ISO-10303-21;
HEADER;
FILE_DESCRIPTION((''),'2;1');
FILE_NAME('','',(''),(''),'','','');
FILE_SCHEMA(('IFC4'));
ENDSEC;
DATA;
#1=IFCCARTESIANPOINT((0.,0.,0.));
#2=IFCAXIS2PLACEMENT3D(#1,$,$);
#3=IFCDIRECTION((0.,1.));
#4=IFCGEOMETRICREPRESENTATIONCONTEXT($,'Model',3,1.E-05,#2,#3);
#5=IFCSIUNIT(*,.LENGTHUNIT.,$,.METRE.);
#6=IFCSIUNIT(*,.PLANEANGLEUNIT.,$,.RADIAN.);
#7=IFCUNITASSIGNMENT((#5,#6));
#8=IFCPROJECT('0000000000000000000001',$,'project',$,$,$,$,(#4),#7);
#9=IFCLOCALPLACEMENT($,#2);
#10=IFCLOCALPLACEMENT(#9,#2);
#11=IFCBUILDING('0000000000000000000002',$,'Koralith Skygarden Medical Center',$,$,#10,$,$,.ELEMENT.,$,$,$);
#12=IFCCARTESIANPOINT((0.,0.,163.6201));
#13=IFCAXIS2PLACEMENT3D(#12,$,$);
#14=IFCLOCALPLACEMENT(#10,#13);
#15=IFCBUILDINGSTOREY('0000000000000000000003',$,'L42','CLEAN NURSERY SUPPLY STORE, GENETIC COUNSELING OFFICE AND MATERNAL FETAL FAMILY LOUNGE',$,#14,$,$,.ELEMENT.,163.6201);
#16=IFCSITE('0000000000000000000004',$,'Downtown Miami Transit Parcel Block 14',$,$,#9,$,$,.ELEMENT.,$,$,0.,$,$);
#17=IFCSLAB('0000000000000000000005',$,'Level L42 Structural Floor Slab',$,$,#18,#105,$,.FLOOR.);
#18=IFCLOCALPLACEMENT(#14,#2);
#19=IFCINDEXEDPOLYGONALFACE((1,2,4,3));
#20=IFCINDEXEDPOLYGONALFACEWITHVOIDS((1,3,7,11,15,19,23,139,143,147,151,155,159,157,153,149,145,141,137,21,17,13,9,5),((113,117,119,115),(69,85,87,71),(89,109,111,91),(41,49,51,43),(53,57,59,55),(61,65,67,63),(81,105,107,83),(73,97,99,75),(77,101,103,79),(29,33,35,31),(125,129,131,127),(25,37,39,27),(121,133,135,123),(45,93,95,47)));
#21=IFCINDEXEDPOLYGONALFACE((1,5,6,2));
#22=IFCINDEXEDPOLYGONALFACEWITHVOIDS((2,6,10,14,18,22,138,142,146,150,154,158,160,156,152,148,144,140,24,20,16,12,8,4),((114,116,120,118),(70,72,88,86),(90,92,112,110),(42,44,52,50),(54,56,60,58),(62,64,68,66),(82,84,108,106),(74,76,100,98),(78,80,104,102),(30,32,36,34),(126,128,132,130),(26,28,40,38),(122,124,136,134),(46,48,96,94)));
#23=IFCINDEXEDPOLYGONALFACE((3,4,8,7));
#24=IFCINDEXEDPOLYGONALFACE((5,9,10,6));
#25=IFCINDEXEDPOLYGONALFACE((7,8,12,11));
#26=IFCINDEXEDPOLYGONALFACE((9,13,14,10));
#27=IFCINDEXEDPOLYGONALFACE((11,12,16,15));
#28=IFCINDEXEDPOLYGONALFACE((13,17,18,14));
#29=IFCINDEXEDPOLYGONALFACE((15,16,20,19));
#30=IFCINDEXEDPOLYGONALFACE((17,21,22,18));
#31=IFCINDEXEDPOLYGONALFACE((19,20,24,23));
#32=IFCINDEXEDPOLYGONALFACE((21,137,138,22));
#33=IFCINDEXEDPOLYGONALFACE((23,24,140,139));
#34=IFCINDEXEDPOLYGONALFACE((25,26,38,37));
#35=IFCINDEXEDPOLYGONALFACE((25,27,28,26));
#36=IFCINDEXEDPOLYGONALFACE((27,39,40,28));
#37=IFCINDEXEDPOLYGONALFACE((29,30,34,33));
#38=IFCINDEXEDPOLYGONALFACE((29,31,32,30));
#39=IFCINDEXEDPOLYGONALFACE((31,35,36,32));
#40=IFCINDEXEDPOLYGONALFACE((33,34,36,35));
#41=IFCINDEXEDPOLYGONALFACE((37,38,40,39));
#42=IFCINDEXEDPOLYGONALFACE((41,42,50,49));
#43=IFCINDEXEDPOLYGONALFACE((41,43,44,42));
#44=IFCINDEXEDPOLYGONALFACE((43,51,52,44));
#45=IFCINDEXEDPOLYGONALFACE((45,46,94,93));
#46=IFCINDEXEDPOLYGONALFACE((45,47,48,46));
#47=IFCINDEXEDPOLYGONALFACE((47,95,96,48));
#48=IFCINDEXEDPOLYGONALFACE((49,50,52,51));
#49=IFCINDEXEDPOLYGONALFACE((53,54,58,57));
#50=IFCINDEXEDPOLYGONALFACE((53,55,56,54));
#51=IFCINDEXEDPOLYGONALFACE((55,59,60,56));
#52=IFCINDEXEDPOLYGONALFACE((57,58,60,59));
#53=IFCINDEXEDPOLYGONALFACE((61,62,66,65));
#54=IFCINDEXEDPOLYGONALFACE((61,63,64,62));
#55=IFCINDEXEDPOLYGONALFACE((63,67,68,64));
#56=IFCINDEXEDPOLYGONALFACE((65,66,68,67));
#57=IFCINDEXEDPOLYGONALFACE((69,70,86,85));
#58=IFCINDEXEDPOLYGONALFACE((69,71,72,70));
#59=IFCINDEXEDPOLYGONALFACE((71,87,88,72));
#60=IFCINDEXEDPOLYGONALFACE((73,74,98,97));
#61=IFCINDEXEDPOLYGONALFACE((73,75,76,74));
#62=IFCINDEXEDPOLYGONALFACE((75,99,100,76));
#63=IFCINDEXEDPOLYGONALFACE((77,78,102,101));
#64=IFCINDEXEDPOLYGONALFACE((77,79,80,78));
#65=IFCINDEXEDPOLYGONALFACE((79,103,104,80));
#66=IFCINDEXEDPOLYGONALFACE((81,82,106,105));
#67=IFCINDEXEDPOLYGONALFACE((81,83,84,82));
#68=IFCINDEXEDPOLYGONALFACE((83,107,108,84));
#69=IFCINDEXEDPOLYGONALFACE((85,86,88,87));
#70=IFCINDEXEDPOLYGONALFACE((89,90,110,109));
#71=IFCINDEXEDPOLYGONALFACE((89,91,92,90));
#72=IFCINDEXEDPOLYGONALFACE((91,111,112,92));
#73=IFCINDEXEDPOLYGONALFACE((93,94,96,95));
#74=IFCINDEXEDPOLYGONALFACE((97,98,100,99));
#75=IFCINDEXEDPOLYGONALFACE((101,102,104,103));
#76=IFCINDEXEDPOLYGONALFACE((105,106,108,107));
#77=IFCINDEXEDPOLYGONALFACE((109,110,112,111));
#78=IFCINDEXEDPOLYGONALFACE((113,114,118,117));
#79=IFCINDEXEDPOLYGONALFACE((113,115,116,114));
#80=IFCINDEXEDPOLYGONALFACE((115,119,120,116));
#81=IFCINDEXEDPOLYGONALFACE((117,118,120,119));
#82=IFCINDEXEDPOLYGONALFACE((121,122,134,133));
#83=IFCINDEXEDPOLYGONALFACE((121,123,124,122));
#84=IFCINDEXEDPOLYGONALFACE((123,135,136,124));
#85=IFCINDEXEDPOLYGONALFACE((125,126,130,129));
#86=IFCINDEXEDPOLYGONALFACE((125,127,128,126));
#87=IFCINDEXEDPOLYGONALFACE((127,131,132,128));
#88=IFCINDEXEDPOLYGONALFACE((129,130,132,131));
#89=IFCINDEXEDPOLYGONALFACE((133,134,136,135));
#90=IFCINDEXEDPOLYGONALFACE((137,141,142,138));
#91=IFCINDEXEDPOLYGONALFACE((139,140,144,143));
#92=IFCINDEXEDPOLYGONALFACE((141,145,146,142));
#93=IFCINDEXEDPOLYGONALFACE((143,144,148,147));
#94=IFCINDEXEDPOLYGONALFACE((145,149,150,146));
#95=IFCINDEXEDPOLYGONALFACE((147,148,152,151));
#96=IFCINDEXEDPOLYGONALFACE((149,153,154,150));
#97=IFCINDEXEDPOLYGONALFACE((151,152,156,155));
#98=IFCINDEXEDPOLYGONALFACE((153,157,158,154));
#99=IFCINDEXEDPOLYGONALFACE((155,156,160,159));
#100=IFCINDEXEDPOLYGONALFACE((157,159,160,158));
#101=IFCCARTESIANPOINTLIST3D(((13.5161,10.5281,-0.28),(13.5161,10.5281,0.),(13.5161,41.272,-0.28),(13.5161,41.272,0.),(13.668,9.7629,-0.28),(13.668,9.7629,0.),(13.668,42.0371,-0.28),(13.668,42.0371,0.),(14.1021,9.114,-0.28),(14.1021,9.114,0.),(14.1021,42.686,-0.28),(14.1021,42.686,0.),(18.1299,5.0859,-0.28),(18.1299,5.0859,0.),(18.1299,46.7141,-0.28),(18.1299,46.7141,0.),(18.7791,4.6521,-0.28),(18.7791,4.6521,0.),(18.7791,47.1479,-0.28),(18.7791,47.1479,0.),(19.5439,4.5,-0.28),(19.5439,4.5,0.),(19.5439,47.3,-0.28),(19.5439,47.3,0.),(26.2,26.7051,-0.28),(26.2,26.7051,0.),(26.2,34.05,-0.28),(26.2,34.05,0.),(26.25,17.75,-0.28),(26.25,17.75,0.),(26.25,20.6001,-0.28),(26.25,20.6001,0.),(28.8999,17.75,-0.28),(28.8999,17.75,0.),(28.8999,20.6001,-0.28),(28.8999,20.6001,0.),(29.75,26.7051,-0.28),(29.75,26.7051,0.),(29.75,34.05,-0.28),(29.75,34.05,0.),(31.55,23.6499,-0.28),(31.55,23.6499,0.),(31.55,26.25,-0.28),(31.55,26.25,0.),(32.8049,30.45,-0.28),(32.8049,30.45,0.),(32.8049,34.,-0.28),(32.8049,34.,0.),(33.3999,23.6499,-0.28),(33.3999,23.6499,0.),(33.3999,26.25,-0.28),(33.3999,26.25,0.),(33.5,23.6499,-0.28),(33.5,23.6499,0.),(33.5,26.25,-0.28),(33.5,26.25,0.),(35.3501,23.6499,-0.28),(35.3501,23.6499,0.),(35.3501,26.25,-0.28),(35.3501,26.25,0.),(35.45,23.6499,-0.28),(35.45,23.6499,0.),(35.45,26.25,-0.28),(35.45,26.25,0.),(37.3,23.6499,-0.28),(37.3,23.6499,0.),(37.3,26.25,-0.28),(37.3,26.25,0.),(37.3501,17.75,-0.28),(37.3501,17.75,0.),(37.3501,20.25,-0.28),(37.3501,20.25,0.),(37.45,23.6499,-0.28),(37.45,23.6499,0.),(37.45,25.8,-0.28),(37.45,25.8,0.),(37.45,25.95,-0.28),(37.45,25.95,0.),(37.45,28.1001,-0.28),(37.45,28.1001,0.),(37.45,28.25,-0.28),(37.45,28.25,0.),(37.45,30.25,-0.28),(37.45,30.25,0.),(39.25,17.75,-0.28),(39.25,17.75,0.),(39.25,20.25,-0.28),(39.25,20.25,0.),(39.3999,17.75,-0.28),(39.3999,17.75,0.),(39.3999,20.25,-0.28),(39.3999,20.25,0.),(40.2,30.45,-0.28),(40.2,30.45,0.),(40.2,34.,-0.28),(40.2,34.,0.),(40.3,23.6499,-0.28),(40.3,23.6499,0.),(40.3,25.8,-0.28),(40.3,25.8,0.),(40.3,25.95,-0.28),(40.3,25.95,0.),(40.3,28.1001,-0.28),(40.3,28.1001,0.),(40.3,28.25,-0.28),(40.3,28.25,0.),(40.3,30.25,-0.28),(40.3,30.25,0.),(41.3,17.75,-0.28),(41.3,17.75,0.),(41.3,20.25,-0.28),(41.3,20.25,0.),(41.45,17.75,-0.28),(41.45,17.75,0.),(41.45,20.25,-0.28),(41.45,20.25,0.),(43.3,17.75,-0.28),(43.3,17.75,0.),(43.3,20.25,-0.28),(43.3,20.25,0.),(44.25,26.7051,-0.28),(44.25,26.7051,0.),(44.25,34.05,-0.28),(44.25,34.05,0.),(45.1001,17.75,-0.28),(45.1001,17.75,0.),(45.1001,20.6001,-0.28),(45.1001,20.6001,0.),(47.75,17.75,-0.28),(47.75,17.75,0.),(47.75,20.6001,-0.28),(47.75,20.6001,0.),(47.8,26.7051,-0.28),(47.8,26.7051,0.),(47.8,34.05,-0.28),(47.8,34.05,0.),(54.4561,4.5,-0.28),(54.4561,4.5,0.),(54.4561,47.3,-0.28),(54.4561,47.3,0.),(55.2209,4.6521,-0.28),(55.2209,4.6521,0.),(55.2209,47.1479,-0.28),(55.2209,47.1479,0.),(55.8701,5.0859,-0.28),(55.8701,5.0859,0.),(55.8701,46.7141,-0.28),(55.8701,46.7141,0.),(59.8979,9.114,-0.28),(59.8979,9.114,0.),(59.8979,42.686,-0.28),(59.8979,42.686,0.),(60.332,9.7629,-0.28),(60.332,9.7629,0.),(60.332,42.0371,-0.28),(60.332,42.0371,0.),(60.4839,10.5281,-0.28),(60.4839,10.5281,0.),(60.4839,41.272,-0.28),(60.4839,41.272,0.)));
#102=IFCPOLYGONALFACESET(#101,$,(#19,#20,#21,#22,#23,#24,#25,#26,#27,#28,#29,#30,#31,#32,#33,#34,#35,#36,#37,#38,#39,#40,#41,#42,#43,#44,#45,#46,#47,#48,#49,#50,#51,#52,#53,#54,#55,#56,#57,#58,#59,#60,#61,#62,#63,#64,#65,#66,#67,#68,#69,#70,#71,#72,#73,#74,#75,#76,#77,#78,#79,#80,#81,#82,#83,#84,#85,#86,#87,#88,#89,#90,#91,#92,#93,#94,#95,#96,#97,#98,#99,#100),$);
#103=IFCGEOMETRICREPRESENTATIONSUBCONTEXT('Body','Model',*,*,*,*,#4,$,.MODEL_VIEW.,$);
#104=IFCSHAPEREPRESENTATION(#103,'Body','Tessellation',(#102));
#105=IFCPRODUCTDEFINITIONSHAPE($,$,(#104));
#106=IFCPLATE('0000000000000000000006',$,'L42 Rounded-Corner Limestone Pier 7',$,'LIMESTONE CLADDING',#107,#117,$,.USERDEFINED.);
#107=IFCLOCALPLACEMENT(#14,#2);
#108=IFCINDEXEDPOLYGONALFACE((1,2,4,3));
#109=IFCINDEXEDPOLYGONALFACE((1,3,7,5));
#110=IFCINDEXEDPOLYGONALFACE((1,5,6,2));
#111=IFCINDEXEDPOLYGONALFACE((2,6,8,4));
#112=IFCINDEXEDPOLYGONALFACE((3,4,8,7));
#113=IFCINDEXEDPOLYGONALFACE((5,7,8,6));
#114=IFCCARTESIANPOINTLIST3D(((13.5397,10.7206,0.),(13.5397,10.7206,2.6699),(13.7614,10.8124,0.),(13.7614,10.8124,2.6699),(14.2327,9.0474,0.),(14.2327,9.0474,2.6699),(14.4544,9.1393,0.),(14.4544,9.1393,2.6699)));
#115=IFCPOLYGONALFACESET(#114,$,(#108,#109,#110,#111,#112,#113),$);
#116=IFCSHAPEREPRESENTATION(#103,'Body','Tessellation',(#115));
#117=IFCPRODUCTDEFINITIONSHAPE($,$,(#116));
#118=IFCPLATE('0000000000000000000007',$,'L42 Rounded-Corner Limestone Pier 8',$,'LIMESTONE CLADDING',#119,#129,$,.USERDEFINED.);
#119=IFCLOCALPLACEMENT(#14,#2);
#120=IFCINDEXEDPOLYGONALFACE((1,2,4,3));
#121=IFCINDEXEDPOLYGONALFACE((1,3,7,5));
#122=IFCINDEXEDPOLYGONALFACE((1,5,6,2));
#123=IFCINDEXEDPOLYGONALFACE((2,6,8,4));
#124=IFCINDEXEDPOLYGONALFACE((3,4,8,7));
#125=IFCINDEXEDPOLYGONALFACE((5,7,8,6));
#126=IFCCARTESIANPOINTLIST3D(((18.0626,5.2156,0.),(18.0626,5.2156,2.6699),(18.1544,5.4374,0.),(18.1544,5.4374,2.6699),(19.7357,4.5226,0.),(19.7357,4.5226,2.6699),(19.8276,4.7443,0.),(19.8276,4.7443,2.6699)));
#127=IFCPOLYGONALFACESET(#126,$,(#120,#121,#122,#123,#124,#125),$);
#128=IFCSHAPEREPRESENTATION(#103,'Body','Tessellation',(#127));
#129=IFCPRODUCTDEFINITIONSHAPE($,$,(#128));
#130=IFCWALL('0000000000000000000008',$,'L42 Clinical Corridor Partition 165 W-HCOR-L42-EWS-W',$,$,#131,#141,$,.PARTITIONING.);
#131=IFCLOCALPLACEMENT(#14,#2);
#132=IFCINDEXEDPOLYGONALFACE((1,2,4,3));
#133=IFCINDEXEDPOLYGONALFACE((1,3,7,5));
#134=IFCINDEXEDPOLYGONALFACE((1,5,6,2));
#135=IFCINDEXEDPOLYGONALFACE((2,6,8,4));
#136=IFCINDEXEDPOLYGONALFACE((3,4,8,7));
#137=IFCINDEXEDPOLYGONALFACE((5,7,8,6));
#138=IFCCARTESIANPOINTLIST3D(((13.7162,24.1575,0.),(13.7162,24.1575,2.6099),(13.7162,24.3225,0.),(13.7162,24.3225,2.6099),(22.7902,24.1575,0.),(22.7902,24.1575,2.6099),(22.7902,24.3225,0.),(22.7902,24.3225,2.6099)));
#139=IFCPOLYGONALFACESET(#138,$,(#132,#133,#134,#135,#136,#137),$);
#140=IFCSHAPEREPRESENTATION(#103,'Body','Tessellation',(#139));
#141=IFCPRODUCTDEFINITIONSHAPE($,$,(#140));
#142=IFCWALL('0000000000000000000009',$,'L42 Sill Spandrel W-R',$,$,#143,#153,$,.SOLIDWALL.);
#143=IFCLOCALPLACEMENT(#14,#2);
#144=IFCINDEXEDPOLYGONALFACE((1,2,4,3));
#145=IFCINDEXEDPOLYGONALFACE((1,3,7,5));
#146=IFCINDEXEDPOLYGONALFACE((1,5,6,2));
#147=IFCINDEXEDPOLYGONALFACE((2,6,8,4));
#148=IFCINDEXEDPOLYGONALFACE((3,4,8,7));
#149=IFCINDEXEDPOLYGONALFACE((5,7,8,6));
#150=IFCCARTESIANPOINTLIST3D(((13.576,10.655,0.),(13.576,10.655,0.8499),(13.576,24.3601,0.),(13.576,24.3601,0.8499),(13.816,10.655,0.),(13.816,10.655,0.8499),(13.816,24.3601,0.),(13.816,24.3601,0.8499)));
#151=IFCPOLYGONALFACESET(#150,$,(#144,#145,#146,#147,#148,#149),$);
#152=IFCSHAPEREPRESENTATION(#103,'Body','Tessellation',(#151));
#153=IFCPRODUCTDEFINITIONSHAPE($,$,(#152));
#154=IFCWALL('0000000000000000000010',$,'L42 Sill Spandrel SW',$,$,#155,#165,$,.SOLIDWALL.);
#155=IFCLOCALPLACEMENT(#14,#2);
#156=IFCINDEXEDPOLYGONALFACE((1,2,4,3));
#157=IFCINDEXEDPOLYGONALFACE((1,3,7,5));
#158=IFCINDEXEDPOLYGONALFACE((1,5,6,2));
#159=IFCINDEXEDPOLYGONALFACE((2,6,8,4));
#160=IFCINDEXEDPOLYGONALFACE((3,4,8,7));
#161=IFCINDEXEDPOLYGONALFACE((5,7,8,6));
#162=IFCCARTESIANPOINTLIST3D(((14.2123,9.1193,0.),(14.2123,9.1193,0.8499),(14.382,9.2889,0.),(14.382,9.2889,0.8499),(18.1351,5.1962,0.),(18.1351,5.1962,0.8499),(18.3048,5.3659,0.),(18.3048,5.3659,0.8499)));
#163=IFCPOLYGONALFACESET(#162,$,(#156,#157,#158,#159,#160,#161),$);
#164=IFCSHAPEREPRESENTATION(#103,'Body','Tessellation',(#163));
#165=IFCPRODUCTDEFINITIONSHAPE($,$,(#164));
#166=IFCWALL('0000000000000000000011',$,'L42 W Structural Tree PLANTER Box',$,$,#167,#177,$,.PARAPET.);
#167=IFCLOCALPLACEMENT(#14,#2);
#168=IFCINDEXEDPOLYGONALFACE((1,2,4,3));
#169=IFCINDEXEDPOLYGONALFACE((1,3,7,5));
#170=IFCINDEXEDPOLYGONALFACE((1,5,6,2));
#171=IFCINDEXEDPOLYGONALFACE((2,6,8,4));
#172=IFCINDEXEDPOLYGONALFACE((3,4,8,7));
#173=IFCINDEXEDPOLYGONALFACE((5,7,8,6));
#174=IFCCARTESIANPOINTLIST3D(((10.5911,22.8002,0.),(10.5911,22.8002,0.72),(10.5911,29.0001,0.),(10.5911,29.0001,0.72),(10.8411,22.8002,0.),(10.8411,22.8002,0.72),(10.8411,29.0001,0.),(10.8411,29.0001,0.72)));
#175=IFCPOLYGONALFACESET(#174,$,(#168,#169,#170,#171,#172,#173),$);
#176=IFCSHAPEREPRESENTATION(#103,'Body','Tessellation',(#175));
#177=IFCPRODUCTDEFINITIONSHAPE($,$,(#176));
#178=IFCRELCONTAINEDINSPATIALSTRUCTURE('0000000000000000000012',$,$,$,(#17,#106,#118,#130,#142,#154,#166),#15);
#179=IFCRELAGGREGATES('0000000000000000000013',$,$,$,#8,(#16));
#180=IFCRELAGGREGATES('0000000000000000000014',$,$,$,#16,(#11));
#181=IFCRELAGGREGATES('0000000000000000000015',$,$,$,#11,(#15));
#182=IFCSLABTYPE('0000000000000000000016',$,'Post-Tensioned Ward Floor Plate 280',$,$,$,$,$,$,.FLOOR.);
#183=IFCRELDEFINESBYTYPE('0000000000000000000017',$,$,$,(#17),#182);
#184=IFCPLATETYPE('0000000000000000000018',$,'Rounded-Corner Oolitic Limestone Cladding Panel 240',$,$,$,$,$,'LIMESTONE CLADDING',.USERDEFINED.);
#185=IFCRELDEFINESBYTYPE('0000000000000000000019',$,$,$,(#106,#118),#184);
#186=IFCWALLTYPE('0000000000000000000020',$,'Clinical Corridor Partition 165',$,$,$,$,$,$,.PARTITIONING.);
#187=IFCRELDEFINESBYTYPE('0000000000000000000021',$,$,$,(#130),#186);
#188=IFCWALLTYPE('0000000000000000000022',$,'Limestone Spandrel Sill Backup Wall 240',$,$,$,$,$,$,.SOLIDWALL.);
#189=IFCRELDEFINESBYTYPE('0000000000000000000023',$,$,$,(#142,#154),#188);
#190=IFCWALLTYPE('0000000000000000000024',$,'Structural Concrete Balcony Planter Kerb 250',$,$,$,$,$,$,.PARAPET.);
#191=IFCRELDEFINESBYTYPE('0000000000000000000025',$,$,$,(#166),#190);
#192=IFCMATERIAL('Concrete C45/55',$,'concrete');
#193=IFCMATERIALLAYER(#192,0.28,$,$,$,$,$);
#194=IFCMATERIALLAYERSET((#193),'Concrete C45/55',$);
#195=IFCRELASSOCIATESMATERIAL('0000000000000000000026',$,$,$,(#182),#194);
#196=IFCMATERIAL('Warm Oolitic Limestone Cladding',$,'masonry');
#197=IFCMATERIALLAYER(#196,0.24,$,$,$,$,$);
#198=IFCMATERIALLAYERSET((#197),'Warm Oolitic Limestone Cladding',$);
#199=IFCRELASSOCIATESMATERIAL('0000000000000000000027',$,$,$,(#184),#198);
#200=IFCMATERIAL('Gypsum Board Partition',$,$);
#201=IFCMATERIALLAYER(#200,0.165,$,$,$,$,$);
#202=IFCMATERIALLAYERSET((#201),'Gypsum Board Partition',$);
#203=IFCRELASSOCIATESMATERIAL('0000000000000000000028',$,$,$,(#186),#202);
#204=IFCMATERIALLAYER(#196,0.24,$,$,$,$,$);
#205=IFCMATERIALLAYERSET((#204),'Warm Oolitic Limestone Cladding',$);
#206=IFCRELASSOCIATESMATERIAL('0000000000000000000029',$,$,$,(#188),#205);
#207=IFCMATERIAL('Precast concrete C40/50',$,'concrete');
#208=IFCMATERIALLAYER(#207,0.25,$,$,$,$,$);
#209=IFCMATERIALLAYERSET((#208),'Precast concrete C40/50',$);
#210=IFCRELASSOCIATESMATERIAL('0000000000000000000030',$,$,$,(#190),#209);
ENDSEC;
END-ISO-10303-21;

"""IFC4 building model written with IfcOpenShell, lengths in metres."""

from ifc_helpers import new_model, si_unit, direction, frame, frame_2d, origin, origin_2d, place, context, subcontext, project, spatial, polyline, rectangle, outline, extrude, material, layer, layer_set, type_object, element, save


model = new_model("IFC4")

# Units and contexts
model_context = context("Model", 3, precision=1e-05, world=origin(), true_north=direction((0.0, 1.0)))
body_context = subcontext(model_context, "Body", "Model", "MODEL_VIEW")
ifc_project = project(units=[si_unit("LENGTHUNIT", "METRE"), si_unit("PLANEANGLEUNIT", "RADIAN")], contexts=[model_context])

# Site, building, storey
site_placement = place(None, origin())
site = spatial("IfcSite", under=ifc_project, at=site_placement, Name="Downtown Miami Transit Parcel Block 14", CompositionType="ELEMENT", RefElevation=0.0)
building_placement = place(site_placement, origin())
building = spatial("IfcBuilding", under=site, at=building_placement, Name="Koralith Skygarden Medical Center", CompositionType="ELEMENT")
storey_placement = place(building_placement, frame((0.0, 0.0, 163.6201)))
storey = spatial("IfcBuildingStorey", under=building, at=storey_placement, Name="L42", Description="CLEAN NURSERY SUPPLY STORE, GENETIC COUNSELING OFFICE AND MATERNAL FETAL FAMILY LOUNGE", CompositionType="ELEMENT", Elevation=163.6201)

# Shared definitions
ifc_material_1 = material(Name="Concrete C45/55", Category="concrete")

# Slab
ifc_layer_1 = layer(ifc_material_1, 0.28)
ifc_layer_set_1 = layer_set([ifc_layer_1], Name="Concrete C45/55")
slab_type_1 = type_object("IfcSlabType", Name="Post-Tensioned Ward Floor Plate 280", PredefinedType="FLOOR", material=ifc_layer_set_1)
slab_1_placement = place(storey_placement, frame((0.0, 0.0, -0.28)))
element("IfcSlab", 1, at=slab_1_placement, inside=storey, type_object=slab_type_1, Name="Level L42 Structural Floor Slab", PredefinedType="FLOOR", context=body_context, shape_type="SweptSolid", body=[
    extrude(outline(polyline([(18.1299, 5.0859), (18.7791, 4.6521), (19.5439, 4.5), (54.4561, 4.5), (55.2209, 4.6521), (55.8701, 5.0859), (59.8979, 9.114), (60.332, 9.7629), (60.4839, 10.5281), (60.4839, 41.272), (60.332, 42.0371), (59.8979, 42.686), (55.8701, 46.7141), (55.2209, 47.1479), (54.4561, 47.3), (19.5439, 47.3), (18.7791, 47.1479), (18.1299, 46.7141), (14.1021, 42.686), (13.668, 42.0371), (13.5161, 41.272), (13.5161, 10.5281), (13.668, 9.7629), (14.1021, 9.114), (18.1299, 5.0859)]), holes=[polyline([(26.2, 26.7051), (29.75, 26.7051), (29.75, 34.05), (26.2, 34.05), (26.2, 26.7051)]), polyline([(44.25, 26.7051), (47.8, 26.7051), (47.8, 34.05), (44.25, 34.05), (44.25, 26.7051)]), polyline([(32.8049, 30.45), (40.2, 30.45), (40.2, 34.0), (32.8049, 34.0), (32.8049, 30.45)]), polyline([(26.25, 17.75), (28.8999, 17.75), (28.8999, 20.6001), (26.25, 20.6001), (26.25, 17.75)]), polyline([(45.1001, 17.75), (47.75, 17.75), (47.75, 20.6001), (45.1001, 20.6001), (45.1001, 17.75)]), polyline([(37.3501, 17.75), (39.25, 17.75), (39.25, 20.25), (37.3501, 20.25), (37.3501, 17.75)]), polyline([(39.3999, 17.75), (41.3, 17.75), (41.3, 20.25), (39.3999, 20.25), (39.3999, 17.75)]), polyline([(41.45, 17.75), (43.3, 17.75), (43.3, 20.25), (41.45, 20.25), (41.45, 17.75)]), polyline([(31.55, 23.6499), (33.3999, 23.6499), (33.3999, 26.25), (31.55, 26.25), (31.55, 23.6499)]), polyline([(33.5, 23.6499), (35.3501, 23.6499), (35.3501, 26.25), (33.5, 26.25), (33.5, 23.6499)]), polyline([(35.45, 23.6499), (37.3, 23.6499), (37.3, 26.25), (35.45, 26.25), (35.45, 23.6499)]), polyline([(37.45, 23.6499), (40.3, 23.6499), (40.3, 25.8), (37.45, 25.8), (37.45, 23.6499)]), polyline([(37.45, 25.95), (40.3, 25.95), (40.3, 28.1001), (37.45, 28.1001), (37.45, 25.95)]), polyline([(37.45, 28.25), (40.3, 28.25), (40.3, 30.25), (37.45, 30.25), (37.45, 28.25)])]), origin(), (0.0, 0.0, 1.0), 0.28),
])

# Plates
ifc_material_2 = material(Name="Warm Oolitic Limestone Cladding", Category="masonry")
ifc_layer_2 = layer(ifc_material_2, 0.24)
ifc_layer_set_2 = layer_set([ifc_layer_2], Name="Warm Oolitic Limestone Cladding")
plate_type_1 = type_object("IfcPlateType", Name="Rounded-Corner Oolitic Limestone Cladding Panel 240", ElementType="LIMESTONE CLADDING", PredefinedType="USERDEFINED", material=ifc_layer_set_2)
for number, where, z_axis, x_axis, name in (
    (2, (13.9971, 9.9299, 0.0), (0.0, 0.0, 1.0), (0.382671, -0.923885, 0.0), "L42 Rounded-Corner Limestone Pier 7"),
    (3, (18.9451, 4.98, 0.0), (0.0, 0.0, 1.0), (0.923885, -0.382671, 0.0), "L42 Rounded-Corner Limestone Pier 8"),
):
    element("IfcPlate", number, at=place(storey_placement, frame(where, z_axis=z_axis, x_axis=x_axis)), inside=storey, type_object=plate_type_1, Name=name, ObjectType="LIMESTONE CLADDING", PredefinedType="USERDEFINED", context=body_context, shape_type="SweptSolid", body=[
        extrude(rectangle(XDim=1.811, YDim=0.24, at=origin_2d()), origin(), (0.0, 0.0, 1.0), 2.6699),
    ])

# Walls
ifc_material_3 = material(Name="Gypsum Board Partition")
ifc_layer_3 = layer(ifc_material_3, 0.165)
ifc_layer_set_3 = layer_set([ifc_layer_3], Name="Gypsum Board Partition")
wall_type_1 = type_object("IfcWallType", Name="Clinical Corridor Partition 165", PredefinedType="PARTITIONING", material=ifc_layer_set_3)
wall_1_placement = place(storey_placement, frame((13.7161, 24.24, 0.0), z_axis=(0.0, 0.0, 1.0), x_axis=(1.0, 0.0, 0.0)))
element("IfcWall", 4, at=wall_1_placement, inside=storey, type_object=wall_type_1, Name="L42 Clinical Corridor Partition 165 W-HCOR-L42-EWS-W", PredefinedType="PARTITIONING", context=body_context, shape_type="SweptSolid", body=[
    extrude(rectangle(XDim=9.074, YDim=0.165, at=frame_2d((4.5371, 0.0))), origin(), (0.0, 0.0, 1.0), 2.6099),
])
ifc_layer_4 = layer(ifc_material_2, 0.24)
ifc_layer_set_4 = layer_set([ifc_layer_4], Name="Warm Oolitic Limestone Cladding")
wall_type_2 = type_object("IfcWallType", Name="Limestone Spandrel Sill Backup Wall 240", PredefinedType="SOLIDWALL", material=ifc_layer_set_4)
wall_2_placement = place(storey_placement, frame((13.696, 24.3601, 0.0), z_axis=(0.0, 0.0, 1.0), x_axis=(0.0, -1.0, 0.0)))
element("IfcWall", 5, at=wall_2_placement, inside=storey, type_object=wall_type_2, Name="L42 Sill Spandrel W-R", PredefinedType="SOLIDWALL", context=body_context, shape_type="SweptSolid", body=[
    extrude(rectangle(XDim=13.7051, YDim=0.24, at=frame_2d((6.8525, 0.0))), origin(), (0.0, 0.0, 1.0), 0.8499),
])
wall_3_placement = place(storey_placement, frame((14.2971, 9.2041, 0.0), z_axis=(0.0, 0.0, 1.0), x_axis=(0.707085, -0.707129, 0.0)))
element("IfcWall", 6, at=wall_3_placement, inside=storey, type_object=wall_type_2, Name="L42 Sill Spandrel SW", PredefinedType="SOLIDWALL", context=body_context, shape_type="SweptSolid", body=[
    extrude(rectangle(XDim=5.5479, YDim=0.24, at=frame_2d((2.7739, 0.0))), origin(), (0.0, 0.0, 1.0), 0.8499),
])
ifc_material_4 = material(Name="Precast concrete C40/50", Category="concrete")
ifc_layer_5 = layer(ifc_material_4, 0.25)
ifc_layer_set_5 = layer_set([ifc_layer_5], Name="Precast concrete C40/50")
wall_type_3 = type_object("IfcWallType", Name="Structural Concrete Balcony Planter Kerb 250", PredefinedType="PARAPET", material=ifc_layer_set_5)
wall_4_placement = place(storey_placement, frame((10.7161, 22.8, 0.0), z_axis=(0.0, 0.0, 1.0), x_axis=(0.0, 1.0, 0.0)))
element("IfcWall", 7, at=wall_4_placement, inside=storey, type_object=wall_type_3, Name="L42 W Structural Tree PLANTER Box", PredefinedType="PARAPET", context=body_context, shape_type="SweptSolid", body=[
    extrude(rectangle(XDim=6.2, YDim=0.25, at=frame_2d((3.1001, 0.0))), origin(), (0.0, 0.0, 1.0), 0.72),
])

save(model, "model.ifc")
